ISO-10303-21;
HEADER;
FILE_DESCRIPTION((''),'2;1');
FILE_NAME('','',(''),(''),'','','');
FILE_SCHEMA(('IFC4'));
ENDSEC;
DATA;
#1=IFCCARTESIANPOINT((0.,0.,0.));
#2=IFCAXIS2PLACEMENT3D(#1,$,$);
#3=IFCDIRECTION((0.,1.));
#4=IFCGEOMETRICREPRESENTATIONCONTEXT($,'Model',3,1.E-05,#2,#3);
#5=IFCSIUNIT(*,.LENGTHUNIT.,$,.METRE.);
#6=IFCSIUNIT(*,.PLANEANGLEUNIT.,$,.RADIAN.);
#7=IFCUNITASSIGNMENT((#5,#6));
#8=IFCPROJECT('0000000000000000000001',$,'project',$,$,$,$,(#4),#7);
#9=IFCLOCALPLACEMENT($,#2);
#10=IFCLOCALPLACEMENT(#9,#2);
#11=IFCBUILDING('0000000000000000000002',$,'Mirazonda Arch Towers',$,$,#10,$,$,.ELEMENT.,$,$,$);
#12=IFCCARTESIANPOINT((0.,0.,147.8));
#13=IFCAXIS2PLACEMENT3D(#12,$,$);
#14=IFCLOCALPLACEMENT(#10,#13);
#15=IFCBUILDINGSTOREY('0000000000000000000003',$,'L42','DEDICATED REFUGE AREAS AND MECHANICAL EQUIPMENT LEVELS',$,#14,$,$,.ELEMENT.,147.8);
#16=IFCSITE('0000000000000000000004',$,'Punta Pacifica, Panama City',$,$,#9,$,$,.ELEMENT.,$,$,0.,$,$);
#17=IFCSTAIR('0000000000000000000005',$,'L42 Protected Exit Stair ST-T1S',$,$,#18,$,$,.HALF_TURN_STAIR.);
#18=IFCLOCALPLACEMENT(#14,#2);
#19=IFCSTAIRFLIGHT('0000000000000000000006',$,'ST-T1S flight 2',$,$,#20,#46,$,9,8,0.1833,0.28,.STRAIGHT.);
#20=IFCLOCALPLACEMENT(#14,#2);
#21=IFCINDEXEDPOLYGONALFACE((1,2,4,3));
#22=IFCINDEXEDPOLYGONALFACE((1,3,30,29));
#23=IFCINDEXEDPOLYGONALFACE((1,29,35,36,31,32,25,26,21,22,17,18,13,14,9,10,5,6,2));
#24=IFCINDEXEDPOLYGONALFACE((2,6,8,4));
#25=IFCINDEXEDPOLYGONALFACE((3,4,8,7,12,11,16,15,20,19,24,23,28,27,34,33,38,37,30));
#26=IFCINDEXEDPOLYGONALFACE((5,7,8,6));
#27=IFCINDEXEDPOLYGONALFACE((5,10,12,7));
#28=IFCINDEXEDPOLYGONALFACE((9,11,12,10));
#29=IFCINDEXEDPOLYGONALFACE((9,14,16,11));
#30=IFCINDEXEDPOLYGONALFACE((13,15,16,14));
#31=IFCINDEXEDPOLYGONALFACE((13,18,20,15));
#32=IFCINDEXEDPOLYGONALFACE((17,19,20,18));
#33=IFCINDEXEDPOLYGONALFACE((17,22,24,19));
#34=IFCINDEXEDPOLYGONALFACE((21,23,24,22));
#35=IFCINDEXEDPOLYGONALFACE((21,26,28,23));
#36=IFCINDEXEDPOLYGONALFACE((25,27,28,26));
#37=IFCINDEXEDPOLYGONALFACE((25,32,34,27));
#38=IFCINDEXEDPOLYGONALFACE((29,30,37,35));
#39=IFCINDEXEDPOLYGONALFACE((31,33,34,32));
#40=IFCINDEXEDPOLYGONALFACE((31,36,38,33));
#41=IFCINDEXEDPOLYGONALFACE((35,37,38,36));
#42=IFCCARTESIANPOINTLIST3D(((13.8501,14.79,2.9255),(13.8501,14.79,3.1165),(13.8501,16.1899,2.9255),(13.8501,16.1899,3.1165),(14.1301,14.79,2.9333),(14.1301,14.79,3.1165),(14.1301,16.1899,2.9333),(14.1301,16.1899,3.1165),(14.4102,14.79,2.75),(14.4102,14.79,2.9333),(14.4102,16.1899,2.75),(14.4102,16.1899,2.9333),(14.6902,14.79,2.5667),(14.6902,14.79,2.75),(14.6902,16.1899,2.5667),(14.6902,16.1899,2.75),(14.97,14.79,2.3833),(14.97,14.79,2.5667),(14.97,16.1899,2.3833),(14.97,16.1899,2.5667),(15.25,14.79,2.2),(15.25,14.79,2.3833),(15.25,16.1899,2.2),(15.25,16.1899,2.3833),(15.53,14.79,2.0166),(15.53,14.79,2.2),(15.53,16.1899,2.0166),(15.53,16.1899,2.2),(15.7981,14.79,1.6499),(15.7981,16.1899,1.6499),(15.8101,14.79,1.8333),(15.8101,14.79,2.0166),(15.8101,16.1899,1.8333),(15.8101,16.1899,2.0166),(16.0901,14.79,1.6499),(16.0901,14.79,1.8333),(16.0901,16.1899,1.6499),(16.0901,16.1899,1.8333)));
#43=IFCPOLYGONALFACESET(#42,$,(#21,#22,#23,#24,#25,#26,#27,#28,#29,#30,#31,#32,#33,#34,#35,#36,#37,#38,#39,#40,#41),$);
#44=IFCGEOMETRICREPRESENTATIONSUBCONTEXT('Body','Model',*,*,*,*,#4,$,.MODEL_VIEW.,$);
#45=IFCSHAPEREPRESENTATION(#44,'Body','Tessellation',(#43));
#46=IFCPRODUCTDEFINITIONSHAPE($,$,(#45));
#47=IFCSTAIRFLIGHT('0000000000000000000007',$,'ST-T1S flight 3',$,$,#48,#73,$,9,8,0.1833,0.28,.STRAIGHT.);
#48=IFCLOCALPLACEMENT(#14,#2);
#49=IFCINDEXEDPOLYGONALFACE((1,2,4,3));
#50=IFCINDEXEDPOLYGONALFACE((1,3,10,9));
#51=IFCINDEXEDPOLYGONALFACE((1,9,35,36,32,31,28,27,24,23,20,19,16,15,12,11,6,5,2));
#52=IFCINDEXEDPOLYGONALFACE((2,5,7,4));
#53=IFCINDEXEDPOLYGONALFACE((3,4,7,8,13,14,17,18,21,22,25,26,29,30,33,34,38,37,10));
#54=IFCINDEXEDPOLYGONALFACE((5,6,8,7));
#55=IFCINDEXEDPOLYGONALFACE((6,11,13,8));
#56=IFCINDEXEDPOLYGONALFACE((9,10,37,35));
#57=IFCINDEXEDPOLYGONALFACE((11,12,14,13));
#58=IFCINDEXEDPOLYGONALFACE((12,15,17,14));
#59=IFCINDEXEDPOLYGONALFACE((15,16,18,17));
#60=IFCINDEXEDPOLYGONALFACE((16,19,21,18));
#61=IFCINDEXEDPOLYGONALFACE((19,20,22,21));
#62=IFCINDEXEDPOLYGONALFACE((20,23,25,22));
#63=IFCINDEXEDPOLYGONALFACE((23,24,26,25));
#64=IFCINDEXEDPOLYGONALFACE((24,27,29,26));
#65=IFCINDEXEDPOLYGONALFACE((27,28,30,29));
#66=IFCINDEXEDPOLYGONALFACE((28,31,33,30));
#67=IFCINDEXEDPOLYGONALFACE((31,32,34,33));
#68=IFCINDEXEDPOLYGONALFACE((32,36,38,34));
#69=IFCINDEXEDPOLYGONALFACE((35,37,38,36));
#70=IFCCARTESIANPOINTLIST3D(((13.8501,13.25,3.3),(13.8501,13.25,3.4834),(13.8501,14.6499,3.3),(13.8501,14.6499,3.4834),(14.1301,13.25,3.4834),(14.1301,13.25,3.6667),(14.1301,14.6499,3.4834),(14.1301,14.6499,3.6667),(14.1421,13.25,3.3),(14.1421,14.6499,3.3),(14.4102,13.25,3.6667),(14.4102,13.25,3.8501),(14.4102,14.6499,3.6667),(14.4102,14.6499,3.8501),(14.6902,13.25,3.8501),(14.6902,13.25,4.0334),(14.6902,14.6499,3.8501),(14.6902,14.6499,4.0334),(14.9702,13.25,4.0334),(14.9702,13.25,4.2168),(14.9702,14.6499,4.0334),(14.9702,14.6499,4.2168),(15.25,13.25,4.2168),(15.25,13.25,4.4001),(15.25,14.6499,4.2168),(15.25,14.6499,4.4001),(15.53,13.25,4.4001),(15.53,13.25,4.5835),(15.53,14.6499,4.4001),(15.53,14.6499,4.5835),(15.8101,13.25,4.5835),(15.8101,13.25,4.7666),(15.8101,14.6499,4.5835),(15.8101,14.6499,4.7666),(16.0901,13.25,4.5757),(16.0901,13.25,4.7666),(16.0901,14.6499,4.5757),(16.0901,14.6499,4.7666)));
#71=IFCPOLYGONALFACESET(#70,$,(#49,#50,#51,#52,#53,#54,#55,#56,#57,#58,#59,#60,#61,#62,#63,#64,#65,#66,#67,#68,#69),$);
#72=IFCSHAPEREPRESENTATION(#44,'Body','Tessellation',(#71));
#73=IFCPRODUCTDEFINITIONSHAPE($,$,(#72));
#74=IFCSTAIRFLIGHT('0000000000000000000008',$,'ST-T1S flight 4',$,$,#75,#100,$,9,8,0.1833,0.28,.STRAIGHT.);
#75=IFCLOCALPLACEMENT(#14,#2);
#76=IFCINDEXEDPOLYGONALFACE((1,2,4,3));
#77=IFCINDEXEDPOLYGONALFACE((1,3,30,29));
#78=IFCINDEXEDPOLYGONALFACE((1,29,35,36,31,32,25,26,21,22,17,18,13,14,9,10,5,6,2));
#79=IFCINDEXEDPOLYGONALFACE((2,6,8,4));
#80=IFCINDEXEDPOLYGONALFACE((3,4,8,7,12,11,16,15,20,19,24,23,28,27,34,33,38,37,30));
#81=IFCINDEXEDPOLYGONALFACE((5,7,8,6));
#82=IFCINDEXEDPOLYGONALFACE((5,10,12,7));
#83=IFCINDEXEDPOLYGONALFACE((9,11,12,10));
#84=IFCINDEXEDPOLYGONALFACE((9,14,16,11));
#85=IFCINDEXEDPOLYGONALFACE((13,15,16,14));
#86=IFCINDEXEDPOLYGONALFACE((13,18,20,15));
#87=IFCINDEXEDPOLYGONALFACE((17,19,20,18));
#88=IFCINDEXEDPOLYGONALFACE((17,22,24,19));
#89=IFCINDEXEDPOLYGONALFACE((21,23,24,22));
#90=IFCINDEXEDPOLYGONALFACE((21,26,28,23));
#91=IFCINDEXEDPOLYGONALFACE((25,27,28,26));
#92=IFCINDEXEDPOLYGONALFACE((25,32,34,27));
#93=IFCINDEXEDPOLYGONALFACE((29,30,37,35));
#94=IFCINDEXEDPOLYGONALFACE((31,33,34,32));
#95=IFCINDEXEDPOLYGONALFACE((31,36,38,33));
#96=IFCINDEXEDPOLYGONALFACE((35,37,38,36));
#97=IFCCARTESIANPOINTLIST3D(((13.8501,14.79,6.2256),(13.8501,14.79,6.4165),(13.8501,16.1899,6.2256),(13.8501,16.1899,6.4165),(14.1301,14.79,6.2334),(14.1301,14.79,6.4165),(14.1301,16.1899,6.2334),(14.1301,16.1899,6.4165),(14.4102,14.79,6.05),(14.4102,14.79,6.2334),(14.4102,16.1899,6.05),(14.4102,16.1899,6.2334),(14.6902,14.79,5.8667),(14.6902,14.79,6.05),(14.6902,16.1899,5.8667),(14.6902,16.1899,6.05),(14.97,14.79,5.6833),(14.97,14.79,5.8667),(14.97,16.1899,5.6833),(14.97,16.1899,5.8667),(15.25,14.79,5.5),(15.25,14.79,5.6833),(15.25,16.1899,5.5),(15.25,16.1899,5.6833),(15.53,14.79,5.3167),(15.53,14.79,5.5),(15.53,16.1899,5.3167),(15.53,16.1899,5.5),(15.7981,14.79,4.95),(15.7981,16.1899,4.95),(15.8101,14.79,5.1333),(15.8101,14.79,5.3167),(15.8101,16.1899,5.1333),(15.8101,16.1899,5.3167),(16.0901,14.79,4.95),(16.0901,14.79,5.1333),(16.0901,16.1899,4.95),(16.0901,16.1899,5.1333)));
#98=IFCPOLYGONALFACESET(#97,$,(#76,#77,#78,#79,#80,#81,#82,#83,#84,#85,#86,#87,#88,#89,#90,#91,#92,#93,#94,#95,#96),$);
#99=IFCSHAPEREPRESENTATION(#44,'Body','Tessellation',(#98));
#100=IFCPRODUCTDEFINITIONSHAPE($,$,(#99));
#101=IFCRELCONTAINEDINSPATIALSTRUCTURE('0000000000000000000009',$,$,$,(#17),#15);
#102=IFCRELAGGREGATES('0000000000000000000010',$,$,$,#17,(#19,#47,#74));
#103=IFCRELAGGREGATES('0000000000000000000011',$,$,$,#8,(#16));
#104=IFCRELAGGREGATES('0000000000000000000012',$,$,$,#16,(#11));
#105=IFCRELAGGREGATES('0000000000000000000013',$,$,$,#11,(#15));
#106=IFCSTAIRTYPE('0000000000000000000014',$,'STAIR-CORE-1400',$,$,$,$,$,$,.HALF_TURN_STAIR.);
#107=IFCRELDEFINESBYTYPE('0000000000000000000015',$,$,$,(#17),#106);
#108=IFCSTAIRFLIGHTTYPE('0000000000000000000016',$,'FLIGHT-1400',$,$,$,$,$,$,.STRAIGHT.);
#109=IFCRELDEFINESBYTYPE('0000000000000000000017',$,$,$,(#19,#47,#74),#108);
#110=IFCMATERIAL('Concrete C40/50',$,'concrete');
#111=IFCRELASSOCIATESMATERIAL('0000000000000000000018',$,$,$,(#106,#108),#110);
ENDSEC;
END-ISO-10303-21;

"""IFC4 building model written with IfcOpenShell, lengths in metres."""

from ifc_helpers import new_model, si_unit, direction, frame, origin, place, context, subcontext, project, spatial, polyline, outline, extrude, material, type_object, element, aggregate, save


model = new_model("IFC4")

# Units and contexts
model_context = context("Model", 3, precision=1e-05, world=origin(), true_north=direction((0.0, 1.0)))
body_context = subcontext(model_context, "Body", "Model", "MODEL_VIEW")
ifc_project = project(units=[si_unit("LENGTHUNIT", "METRE"), si_unit("PLANEANGLEUNIT", "RADIAN")], contexts=[model_context])

# Site, building, storey
site_placement = place(None, origin())
site = spatial("IfcSite", under=ifc_project, at=site_placement, Name="Punta Pacifica, Panama City", CompositionType="ELEMENT", RefElevation=0.0)
building_placement = place(site_placement, origin())
building = spatial("IfcBuilding", under=site, at=building_placement, Name="Mirazonda Arch Towers", CompositionType="ELEMENT")
storey_placement = place(building_placement, frame((0.0, 0.0, 147.8)))
storey = spatial("IfcBuildingStorey", under=building, at=storey_placement, Name="L42", Description="DEDICATED REFUGE AREAS AND MECHANICAL EQUIPMENT LEVELS", CompositionType="ELEMENT", Elevation=147.8)

# Shared definitions
ifc_material_1 = material(Name="Concrete C40/50", Category="concrete")

# Stair, stair flights
stair_type = type_object("IfcStairType", Name="STAIR-CORE-1400", PredefinedType="HALF_TURN_STAIR", material=ifc_material_1)
stair_placement = place(storey_placement, origin())
stair = element("IfcStair", 1, at=stair_placement, inside=storey, type_object=stair_type, Name="L42 Protected Exit Stair ST-T1S", PredefinedType="HALF_TURN_STAIR")
stair_flight_type = type_object("IfcStairFlightType", Name="FLIGHT-1400", PredefinedType="STRAIGHT", material=ifc_material_1)
stair_flight_1_placement = place(storey_placement, frame((16.0901, 15.49, 1.6499), z_axis=(0.0, 0.0, 1.0), x_axis=(-1.0, 0.0, 0.0)))
stair_flight_1 = element("IfcStairFlight", 2, at=stair_flight_1_placement, type_object=stair_flight_type, Name="ST-T1S flight 2", NumberOfRisers=9, NumberOfTreads=8, PredefinedType="STRAIGHT", RiserHeight=0.1833, TreadLength=0.28, context=body_context, shape_type="SweptSolid", body=[
    extrude(outline(polyline([(0.0, 0.0), (0.0, 0.1833), (0.28, 0.1833), (0.28, 0.3667), (0.5601, 0.3667), (0.5601, 0.55), (0.8401, 0.55), (0.8401, 0.7334), (1.1201, 0.7334), (1.1201, 0.9167), (1.3999, 0.9167), (1.3999, 1.1001), (1.6799, 1.1001), (1.6799, 1.2834), (1.96, 1.2834), (1.96, 1.4666), (2.24, 1.4666), (2.24, 1.6499), (2.24, 1.2756), (0.292, 0.0), (0.0, 0.0)])), frame((0.0, 0.7, 0.0), z_axis=(0.0, -1.0, 0.0), x_axis=(1.0, 0.0, 0.0)), (0.0, 0.0, 1.0), 1.3999),
])
stair_flight_2_placement = place(storey_placement, frame((13.8501, 13.95, 3.3), z_axis=(0.0, 0.0, 1.0), x_axis=(1.0, 0.0, 0.0)))
stair_flight_2 = element("IfcStairFlight", 3, at=stair_flight_2_placement, type_object=stair_flight_type, Name="ST-T1S flight 3", NumberOfRisers=9, NumberOfTreads=8, PredefinedType="STRAIGHT", RiserHeight=0.1833, TreadLength=0.28, context=body_context, shape_type="SweptSolid", body=[
    extrude(outline(polyline([(0.0, 0.0), (0.0, 0.1833), (0.28, 0.1833), (0.28, 0.3667), (0.5601, 0.3667), (0.5601, 0.55), (0.8401, 0.55), (0.8401, 0.7334), (1.1201, 0.7334), (1.1201, 0.9167), (1.3999, 0.9167), (1.3999, 1.1001), (1.6799, 1.1001), (1.6799, 1.2834), (1.96, 1.2834), (1.96, 1.4666), (2.24, 1.4666), (2.24, 1.6499), (2.24, 1.2756), (0.292, 0.0), (0.0, 0.0)])), frame((0.0, 0.7, 0.0), z_axis=(0.0, -1.0, 0.0), x_axis=(1.0, 0.0, 0.0)), (0.0, 0.0, 1.0), 1.3999),
])
stair_flight_3_placement = place(storey_placement, frame((16.0901, 15.49, 4.95), z_axis=(0.0, 0.0, 1.0), x_axis=(-1.0, 0.0, 0.0)))
stair_flight_3 = element("IfcStairFlight", 4, at=stair_flight_3_placement, type_object=stair_flight_type, Name="ST-T1S flight 4", NumberOfRisers=9, NumberOfTreads=8, PredefinedType="STRAIGHT", RiserHeight=0.1833, TreadLength=0.28, context=body_context, shape_type="SweptSolid", body=[
    extrude(outline(polyline([(0.0, 0.0), (0.0, 0.1833), (0.28, 0.1833), (0.28, 0.3667), (0.5601, 0.3667), (0.5601, 0.55), (0.8401, 0.55), (0.8401, 0.7334), (1.1201, 0.7334), (1.1201, 0.9167), (1.3999, 0.9167), (1.3999, 1.1001), (1.6799, 1.1001), (1.6799, 1.2834), (1.96, 1.2834), (1.96, 1.4666), (2.24, 1.4666), (2.24, 1.6499), (2.24, 1.2756), (0.292, 0.0), (0.0, 0.0)])), frame((0.0, 0.7, 0.0), z_axis=(0.0, -1.0, 0.0), x_axis=(1.0, 0.0, 0.0)), (0.0, 0.0, 1.0), 1.3999),
])
aggregate(stair, [stair_flight_1, stair_flight_2, stair_flight_3])

save(model, "model.ifc")
